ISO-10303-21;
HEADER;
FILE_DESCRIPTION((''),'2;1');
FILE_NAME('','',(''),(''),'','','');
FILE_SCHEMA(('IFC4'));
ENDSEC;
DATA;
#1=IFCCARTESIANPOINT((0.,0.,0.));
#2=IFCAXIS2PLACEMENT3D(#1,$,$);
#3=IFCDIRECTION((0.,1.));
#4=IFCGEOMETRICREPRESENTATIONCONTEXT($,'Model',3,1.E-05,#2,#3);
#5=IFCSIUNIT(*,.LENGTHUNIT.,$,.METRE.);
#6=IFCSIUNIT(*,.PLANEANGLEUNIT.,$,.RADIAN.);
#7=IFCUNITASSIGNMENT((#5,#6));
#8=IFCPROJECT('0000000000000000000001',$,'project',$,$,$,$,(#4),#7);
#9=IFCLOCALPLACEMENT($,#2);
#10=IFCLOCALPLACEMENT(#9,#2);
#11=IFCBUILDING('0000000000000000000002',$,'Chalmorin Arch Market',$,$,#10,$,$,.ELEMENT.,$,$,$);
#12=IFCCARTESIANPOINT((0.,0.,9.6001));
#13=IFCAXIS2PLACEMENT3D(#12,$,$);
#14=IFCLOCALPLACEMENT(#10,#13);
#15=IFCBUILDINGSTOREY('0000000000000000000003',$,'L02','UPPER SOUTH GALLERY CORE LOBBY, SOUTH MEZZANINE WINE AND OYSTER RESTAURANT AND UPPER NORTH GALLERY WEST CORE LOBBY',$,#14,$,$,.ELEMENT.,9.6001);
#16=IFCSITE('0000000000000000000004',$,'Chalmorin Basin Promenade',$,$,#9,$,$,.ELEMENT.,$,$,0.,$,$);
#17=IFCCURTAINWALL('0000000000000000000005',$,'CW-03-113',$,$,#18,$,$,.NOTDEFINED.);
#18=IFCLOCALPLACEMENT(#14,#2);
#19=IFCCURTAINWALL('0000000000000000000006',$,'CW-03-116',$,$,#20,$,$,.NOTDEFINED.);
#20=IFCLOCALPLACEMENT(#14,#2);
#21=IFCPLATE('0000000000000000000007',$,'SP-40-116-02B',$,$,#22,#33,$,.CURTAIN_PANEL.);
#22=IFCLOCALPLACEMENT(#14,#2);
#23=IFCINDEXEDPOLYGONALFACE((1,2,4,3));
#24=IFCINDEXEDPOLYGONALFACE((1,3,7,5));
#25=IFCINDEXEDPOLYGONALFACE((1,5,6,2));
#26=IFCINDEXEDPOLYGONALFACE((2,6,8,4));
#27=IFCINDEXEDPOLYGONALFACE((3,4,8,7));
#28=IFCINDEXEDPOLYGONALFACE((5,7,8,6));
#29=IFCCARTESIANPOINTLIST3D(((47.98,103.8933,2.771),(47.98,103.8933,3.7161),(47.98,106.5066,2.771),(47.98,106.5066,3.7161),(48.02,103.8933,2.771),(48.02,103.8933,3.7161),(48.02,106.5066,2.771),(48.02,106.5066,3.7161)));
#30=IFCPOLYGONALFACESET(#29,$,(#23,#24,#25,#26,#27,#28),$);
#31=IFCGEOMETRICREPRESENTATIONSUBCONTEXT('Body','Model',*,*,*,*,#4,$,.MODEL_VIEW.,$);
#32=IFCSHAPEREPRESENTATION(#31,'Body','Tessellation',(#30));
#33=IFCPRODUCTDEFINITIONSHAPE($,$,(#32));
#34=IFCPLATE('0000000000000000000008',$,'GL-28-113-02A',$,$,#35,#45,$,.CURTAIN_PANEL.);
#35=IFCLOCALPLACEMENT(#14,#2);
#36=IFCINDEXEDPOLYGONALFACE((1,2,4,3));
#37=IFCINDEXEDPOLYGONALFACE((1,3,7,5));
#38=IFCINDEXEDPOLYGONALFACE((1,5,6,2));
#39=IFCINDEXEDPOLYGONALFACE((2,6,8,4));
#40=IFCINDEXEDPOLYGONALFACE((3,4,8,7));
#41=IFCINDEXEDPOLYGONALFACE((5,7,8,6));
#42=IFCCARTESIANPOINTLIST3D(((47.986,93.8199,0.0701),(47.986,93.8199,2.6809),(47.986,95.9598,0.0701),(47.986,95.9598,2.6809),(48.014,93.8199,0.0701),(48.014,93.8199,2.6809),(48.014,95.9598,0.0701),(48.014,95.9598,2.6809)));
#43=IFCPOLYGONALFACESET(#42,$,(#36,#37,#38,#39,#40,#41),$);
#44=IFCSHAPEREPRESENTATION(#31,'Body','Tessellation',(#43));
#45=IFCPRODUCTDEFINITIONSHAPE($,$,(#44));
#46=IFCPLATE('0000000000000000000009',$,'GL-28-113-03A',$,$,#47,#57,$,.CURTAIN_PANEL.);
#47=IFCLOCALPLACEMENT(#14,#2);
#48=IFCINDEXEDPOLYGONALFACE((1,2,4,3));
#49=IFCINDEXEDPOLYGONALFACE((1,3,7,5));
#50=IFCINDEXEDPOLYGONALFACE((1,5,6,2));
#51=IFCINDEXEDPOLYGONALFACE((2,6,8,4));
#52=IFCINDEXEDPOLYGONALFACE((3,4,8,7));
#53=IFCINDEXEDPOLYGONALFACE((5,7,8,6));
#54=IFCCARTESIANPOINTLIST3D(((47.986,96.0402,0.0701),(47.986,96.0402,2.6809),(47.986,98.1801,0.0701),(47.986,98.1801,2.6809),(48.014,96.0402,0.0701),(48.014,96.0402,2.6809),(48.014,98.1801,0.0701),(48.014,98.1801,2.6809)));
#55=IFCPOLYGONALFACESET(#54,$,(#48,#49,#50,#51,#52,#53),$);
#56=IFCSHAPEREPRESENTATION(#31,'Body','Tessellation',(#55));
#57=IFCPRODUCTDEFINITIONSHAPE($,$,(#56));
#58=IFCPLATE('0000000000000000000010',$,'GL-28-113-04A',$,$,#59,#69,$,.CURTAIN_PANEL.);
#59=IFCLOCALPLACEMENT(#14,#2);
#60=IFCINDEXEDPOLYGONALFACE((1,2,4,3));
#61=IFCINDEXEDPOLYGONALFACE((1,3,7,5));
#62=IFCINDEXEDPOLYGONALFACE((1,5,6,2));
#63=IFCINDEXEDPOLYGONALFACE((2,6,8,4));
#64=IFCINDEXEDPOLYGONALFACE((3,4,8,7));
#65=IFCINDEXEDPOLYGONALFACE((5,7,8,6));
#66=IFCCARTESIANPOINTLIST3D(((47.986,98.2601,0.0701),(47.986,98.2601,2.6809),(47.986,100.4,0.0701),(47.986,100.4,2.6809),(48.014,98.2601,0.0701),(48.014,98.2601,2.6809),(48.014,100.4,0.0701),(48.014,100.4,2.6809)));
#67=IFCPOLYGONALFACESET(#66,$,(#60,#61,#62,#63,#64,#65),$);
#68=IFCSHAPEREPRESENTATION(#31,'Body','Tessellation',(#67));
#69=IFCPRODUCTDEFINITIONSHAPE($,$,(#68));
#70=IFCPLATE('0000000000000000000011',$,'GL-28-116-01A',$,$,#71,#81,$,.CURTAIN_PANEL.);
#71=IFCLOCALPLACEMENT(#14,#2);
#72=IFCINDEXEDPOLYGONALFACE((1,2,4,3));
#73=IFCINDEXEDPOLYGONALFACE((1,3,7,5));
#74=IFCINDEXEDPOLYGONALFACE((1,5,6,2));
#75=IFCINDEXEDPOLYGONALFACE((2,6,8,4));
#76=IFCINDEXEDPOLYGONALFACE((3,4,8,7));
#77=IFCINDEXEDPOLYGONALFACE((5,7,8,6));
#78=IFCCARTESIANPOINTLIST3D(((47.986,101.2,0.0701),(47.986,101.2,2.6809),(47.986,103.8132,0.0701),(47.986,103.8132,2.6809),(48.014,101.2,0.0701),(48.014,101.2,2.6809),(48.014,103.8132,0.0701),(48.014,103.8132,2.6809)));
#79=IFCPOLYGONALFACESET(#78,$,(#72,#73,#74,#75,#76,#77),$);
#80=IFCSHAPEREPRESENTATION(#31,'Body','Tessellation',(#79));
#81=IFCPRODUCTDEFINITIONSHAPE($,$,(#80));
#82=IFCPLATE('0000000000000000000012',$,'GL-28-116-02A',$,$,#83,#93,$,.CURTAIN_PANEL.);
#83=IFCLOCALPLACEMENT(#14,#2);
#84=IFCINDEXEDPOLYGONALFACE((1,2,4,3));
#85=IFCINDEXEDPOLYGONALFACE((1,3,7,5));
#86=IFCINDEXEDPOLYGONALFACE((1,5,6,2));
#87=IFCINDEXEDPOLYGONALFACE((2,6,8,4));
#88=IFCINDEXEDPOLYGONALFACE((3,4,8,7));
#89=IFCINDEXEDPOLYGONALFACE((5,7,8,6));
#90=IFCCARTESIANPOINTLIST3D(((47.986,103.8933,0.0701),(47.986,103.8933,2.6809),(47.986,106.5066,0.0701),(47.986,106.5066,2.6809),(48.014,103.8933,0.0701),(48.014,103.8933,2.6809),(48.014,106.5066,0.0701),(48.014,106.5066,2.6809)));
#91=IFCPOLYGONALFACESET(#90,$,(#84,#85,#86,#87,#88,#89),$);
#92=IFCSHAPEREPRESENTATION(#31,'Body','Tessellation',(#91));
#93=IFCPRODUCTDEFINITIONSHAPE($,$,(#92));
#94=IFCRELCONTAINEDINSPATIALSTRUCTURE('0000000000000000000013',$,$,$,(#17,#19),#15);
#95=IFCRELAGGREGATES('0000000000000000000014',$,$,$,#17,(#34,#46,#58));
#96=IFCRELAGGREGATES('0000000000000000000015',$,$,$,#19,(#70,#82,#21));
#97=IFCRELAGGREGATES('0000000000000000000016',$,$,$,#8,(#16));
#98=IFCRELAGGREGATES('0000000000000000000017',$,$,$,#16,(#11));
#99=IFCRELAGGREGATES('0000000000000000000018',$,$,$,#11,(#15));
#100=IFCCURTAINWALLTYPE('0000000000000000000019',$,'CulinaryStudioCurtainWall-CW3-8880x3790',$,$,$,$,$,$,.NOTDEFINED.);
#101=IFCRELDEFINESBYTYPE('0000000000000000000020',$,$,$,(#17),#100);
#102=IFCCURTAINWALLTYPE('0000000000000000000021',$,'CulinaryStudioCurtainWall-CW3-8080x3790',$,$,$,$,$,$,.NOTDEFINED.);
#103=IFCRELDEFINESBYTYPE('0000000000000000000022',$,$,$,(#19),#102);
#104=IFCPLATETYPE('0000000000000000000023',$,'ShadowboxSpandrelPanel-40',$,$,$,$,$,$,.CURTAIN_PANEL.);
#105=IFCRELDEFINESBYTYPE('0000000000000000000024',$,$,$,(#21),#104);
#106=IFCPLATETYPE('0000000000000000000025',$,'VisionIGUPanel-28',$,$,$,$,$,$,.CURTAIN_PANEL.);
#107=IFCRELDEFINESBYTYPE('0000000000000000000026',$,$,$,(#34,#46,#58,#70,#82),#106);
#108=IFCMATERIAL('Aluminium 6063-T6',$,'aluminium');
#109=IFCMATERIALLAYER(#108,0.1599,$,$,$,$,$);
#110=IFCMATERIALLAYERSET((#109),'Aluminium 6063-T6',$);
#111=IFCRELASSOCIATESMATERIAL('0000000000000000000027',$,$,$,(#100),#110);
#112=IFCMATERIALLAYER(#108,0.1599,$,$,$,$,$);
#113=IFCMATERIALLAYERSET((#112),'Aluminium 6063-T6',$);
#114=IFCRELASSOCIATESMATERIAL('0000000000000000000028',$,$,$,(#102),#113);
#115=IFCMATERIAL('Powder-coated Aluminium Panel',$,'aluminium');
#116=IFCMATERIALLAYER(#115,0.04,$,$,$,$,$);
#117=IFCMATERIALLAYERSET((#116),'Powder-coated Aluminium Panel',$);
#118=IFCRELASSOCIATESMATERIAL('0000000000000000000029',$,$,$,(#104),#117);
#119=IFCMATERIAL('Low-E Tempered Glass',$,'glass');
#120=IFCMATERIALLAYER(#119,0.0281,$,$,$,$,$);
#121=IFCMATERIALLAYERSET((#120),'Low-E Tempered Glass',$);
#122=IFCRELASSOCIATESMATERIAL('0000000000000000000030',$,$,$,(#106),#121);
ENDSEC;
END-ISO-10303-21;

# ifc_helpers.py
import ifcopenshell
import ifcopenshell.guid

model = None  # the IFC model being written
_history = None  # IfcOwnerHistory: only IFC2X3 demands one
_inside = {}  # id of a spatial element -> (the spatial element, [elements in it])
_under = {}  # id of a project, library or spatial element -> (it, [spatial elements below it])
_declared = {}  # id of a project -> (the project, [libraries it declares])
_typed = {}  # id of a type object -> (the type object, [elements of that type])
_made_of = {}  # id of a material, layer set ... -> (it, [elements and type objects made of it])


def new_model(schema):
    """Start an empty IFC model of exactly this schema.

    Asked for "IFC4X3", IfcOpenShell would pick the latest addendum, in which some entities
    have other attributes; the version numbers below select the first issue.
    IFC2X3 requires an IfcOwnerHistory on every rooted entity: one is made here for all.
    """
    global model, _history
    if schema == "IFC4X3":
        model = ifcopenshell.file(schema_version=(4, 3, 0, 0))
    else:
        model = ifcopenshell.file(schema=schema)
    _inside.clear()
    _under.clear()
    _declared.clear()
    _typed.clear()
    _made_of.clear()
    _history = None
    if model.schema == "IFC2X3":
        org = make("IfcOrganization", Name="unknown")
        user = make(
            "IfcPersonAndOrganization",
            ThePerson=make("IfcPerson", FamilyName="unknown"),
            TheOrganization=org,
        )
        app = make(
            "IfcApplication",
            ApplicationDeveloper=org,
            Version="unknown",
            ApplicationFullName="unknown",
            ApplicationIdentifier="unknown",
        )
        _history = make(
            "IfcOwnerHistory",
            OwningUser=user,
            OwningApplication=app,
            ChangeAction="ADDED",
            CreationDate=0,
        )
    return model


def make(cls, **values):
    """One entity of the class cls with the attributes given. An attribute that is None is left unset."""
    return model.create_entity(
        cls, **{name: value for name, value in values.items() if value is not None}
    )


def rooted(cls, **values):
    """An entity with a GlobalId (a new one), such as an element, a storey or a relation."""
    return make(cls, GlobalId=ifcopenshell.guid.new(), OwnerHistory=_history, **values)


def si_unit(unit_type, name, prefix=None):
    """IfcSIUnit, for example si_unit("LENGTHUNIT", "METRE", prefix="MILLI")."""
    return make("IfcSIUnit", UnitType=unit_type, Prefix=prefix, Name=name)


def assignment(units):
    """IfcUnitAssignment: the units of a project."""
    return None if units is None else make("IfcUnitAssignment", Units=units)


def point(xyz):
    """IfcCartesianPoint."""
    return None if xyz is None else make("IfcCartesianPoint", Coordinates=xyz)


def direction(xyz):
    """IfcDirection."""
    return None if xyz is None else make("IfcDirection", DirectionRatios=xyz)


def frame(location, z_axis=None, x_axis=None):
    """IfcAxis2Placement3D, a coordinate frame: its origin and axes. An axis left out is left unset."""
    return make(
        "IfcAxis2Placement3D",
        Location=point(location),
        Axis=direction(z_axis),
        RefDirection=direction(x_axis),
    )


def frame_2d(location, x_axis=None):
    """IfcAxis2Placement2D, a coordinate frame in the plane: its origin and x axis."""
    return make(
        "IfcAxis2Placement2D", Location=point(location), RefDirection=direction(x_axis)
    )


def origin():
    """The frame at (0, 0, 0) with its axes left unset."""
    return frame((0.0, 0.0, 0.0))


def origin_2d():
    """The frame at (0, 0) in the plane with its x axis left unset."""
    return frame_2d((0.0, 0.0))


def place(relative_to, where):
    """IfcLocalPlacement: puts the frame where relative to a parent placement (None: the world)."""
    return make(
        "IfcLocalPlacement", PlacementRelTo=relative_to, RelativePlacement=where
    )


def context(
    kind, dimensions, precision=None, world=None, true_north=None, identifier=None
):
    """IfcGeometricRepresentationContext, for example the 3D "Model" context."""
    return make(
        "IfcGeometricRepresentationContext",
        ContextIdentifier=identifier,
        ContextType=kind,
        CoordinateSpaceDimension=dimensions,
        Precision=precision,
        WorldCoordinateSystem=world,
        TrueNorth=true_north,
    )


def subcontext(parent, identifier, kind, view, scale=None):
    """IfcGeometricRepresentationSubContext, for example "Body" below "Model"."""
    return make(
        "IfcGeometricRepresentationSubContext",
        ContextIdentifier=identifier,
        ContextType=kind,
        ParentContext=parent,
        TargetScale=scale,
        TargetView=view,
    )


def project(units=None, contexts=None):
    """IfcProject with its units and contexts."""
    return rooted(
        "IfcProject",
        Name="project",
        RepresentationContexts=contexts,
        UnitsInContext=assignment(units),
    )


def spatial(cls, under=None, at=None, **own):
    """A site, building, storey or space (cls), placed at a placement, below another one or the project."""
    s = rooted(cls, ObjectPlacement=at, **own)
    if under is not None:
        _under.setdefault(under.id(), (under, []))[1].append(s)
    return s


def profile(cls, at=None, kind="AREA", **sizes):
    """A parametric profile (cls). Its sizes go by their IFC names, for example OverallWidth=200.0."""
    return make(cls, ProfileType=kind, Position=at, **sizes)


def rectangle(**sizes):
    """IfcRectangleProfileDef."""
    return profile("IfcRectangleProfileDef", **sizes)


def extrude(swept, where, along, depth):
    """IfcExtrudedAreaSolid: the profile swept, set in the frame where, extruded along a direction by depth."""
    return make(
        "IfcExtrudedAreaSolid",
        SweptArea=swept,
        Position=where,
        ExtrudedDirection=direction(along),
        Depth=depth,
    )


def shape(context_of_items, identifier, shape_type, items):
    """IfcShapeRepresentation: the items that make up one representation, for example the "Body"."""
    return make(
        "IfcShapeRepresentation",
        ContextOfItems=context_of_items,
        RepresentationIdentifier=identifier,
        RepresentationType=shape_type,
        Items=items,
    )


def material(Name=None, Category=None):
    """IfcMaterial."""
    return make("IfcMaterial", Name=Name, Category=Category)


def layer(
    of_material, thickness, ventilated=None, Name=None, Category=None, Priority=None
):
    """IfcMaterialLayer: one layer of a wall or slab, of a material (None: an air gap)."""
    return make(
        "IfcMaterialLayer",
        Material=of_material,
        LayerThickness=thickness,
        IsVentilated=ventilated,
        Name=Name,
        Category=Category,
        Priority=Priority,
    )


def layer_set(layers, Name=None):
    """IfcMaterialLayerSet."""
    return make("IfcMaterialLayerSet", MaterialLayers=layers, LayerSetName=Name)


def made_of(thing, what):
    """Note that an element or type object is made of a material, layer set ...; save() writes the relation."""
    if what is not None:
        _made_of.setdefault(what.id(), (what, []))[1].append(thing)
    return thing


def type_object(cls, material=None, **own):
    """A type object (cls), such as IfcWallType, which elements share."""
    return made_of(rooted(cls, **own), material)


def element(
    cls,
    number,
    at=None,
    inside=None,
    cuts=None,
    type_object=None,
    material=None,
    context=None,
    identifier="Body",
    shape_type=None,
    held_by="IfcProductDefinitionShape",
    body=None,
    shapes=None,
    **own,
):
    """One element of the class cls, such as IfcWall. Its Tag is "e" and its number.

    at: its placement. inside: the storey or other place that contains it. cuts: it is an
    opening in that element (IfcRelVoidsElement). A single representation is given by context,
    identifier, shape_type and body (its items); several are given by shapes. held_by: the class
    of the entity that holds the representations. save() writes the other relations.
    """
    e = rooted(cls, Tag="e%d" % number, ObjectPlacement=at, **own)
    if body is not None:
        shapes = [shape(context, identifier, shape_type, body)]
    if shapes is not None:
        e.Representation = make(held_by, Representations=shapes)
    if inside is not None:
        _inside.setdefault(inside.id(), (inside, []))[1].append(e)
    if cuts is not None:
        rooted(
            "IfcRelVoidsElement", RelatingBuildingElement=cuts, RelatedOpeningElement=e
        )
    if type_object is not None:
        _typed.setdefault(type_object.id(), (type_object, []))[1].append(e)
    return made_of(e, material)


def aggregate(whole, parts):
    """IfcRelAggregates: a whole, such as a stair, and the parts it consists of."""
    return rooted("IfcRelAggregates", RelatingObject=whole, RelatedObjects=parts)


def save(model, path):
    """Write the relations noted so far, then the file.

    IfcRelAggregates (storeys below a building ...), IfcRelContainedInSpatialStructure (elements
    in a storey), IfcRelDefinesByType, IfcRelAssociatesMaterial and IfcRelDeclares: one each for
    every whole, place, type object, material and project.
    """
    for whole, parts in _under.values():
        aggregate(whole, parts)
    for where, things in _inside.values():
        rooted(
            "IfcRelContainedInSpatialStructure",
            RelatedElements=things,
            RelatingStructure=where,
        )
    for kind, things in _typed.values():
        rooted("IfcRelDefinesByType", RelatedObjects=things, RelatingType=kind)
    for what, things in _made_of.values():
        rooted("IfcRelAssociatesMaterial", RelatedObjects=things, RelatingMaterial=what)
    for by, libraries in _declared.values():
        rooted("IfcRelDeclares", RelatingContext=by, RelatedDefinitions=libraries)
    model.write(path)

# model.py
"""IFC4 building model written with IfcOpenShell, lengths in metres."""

from ifc_helpers import new_model, si_unit, direction, frame, origin, origin_2d, place, context, subcontext, project, spatial, rectangle, extrude, material, layer, layer_set, type_object, element, aggregate, save


model = new_model("IFC4")

# Units and contexts
model_context = context("Model", 3, precision=1e-05, world=origin(), true_north=direction((0.0, 1.0)))
body_context = subcontext(model_context, "Body", "Model", "MODEL_VIEW")
ifc_project = project(units=[si_unit("LENGTHUNIT", "METRE"), si_unit("PLANEANGLEUNIT", "RADIAN")], contexts=[model_context])

# Site, building, storey
site_placement = place(None, origin())
site = spatial("IfcSite", under=ifc_project, at=site_placement, Name="Chalmorin Basin Promenade", CompositionType="ELEMENT", RefElevation=0.0)
building_placement = place(site_placement, origin())
building = spatial("IfcBuilding", under=site, at=building_placement, Name="Chalmorin Arch Market", CompositionType="ELEMENT")
storey_placement = place(building_placement, frame((0.0, 0.0, 9.6001)))
storey = spatial("IfcBuildingStorey", under=building, at=storey_placement, Name="L02", Description="UPPER SOUTH GALLERY CORE LOBBY, SOUTH MEZZANINE WINE AND OYSTER RESTAURANT AND UPPER NORTH GALLERY WEST CORE LOBBY", CompositionType="ELEMENT", Elevation=9.6001)

# Curtain walls
ifc_material_1 = material(Name="Aluminium 6063-T6", Category="aluminium")
ifc_layer_1 = layer(ifc_material_1, 0.1599)
ifc_layer_set_1 = layer_set([ifc_layer_1], Name="Aluminium 6063-T6")
curtain_wall_type_1 = type_object("IfcCurtainWallType", Name="CulinaryStudioCurtainWall-CW3-8880x3790", PredefinedType="NOTDEFINED", material=ifc_layer_set_1)
curtain_wall_1_placement = place(storey_placement, origin())
curtain_wall_1 = element("IfcCurtainWall", 1, at=curtain_wall_1_placement, inside=storey, type_object=curtain_wall_type_1, Name="CW-03-113", PredefinedType="NOTDEFINED")
ifc_layer_2 = layer(ifc_material_1, 0.1599)
ifc_layer_set_2 = layer_set([ifc_layer_2], Name="Aluminium 6063-T6")
curtain_wall_type_2 = type_object("IfcCurtainWallType", Name="CulinaryStudioCurtainWall-CW3-8080x3790", PredefinedType="NOTDEFINED", material=ifc_layer_set_2)
curtain_wall_2_placement = place(storey_placement, origin())
curtain_wall_2 = element("IfcCurtainWall", 2, at=curtain_wall_2_placement, inside=storey, type_object=curtain_wall_type_2, Name="CW-03-116", PredefinedType="NOTDEFINED")

# Plates
ifc_material_2 = material(Name="Powder-coated Aluminium Panel", Category="aluminium")
ifc_layer_3 = layer(ifc_material_2, 0.04)
ifc_layer_set_3 = layer_set([ifc_layer_3], Name="Powder-coated Aluminium Panel")
plate_type_1 = type_object("IfcPlateType", Name="ShadowboxSpandrelPanel-40", PredefinedType="CURTAIN_PANEL", material=ifc_layer_set_3)
plate_1_placement = place(storey_placement, frame((48.0, 105.2, 2.771), z_axis=(0.0, 0.0, 1.0), x_axis=(0.0, 1.0, 0.0)))
plate_1 = element("IfcPlate", 3, at=plate_1_placement, type_object=plate_type_1, Name="SP-40-116-02B", PredefinedType="CURTAIN_PANEL", context=body_context, shape_type="SweptSolid", body=[
    extrude(rectangle(XDim=2.6133, YDim=0.04, at=origin_2d()), origin(), (0.0, 0.0, 1.0), 0.9451),
])
ifc_material_3 = material(Name="Low-E Tempered Glass", Category="glass")
ifc_layer_4 = layer(ifc_material_3, 0.0281)
ifc_layer_set_4 = layer_set([ifc_layer_4], Name="Low-E Tempered Glass")
plate_type_2 = type_object("IfcPlateType", Name="VisionIGUPanel-28", PredefinedType="CURTAIN_PANEL", material=ifc_layer_set_4)
plate_2_placement = place(storey_placement, frame((48.0, 94.8899, 0.0701), z_axis=(0.0, 0.0, 1.0), x_axis=(0.0, 1.0, 0.0)))
plate_2 = element("IfcPlate", 4, at=plate_2_placement, type_object=plate_type_2, Name="GL-28-113-02A", PredefinedType="CURTAIN_PANEL", context=body_context, shape_type="SweptSolid", body=[
    extrude(rectangle(XDim=2.1399, YDim=0.0281, at=origin_2d()), origin(), (0.0, 0.0, 1.0), 2.6108),
])
plate_3_placement = place(storey_placement, frame((48.0, 97.1101, 0.0701), z_axis=(0.0, 0.0, 1.0), x_axis=(0.0, 1.0, 0.0)))
plate_3 = element("IfcPlate", 5, at=plate_3_placement, type_object=plate_type_2, Name="GL-28-113-03A", PredefinedType="CURTAIN_PANEL", context=body_context, shape_type="SweptSolid", body=[
    extrude(rectangle(XDim=2.1399, YDim=0.0281, at=origin_2d()), origin(), (0.0, 0.0, 1.0), 2.6108),
])
plate_4_placement = place(storey_placement, frame((48.0, 99.3301, 0.0701), z_axis=(0.0, 0.0, 1.0), x_axis=(0.0, 1.0, 0.0)))
plate_4 = element("IfcPlate", 6, at=plate_4_placement, type_object=plate_type_2, Name="GL-28-113-04A", PredefinedType="CURTAIN_PANEL", context=body_context, shape_type="SweptSolid", body=[
    extrude(rectangle(XDim=2.1399, YDim=0.0281, at=origin_2d()), origin(), (0.0, 0.0, 1.0), 2.6108),
])
aggregate(curtain_wall_1, [plate_2, plate_3, plate_4])
plate_5_placement = place(storey_placement, frame((48.0, 102.5066, 0.0701), z_axis=(0.0, 0.0, 1.0), x_axis=(0.0, 1.0, 0.0)))
plate_5 = element("IfcPlate", 7, at=plate_5_placement, type_object=plate_type_2, Name="GL-28-116-01A", PredefinedType="CURTAIN_PANEL", context=body_context, shape_type="SweptSolid", body=[
    extrude(rectangle(XDim=2.6133, YDim=0.0281, at=origin_2d()), origin(), (0.0, 0.0, 1.0), 2.6108),
])
plate_6_placement = place(storey_placement, frame((48.0, 105.2, 0.0701), z_axis=(0.0, 0.0, 1.0), x_axis=(0.0, 1.0, 0.0)))
plate_6 = element("IfcPlate", 8, at=plate_6_placement, type_object=plate_type_2, Name="GL-28-116-02A", PredefinedType="CURTAIN_PANEL", context=body_context, shape_type="SweptSolid", body=[
    extrude(rectangle(XDim=2.6133, YDim=0.0281, at=origin_2d()), origin(), (0.0, 0.0, 1.0), 2.6108),
])
aggregate(curtain_wall_2, [plate_5, plate_6, plate_1])

save(model, "model.ifc")
